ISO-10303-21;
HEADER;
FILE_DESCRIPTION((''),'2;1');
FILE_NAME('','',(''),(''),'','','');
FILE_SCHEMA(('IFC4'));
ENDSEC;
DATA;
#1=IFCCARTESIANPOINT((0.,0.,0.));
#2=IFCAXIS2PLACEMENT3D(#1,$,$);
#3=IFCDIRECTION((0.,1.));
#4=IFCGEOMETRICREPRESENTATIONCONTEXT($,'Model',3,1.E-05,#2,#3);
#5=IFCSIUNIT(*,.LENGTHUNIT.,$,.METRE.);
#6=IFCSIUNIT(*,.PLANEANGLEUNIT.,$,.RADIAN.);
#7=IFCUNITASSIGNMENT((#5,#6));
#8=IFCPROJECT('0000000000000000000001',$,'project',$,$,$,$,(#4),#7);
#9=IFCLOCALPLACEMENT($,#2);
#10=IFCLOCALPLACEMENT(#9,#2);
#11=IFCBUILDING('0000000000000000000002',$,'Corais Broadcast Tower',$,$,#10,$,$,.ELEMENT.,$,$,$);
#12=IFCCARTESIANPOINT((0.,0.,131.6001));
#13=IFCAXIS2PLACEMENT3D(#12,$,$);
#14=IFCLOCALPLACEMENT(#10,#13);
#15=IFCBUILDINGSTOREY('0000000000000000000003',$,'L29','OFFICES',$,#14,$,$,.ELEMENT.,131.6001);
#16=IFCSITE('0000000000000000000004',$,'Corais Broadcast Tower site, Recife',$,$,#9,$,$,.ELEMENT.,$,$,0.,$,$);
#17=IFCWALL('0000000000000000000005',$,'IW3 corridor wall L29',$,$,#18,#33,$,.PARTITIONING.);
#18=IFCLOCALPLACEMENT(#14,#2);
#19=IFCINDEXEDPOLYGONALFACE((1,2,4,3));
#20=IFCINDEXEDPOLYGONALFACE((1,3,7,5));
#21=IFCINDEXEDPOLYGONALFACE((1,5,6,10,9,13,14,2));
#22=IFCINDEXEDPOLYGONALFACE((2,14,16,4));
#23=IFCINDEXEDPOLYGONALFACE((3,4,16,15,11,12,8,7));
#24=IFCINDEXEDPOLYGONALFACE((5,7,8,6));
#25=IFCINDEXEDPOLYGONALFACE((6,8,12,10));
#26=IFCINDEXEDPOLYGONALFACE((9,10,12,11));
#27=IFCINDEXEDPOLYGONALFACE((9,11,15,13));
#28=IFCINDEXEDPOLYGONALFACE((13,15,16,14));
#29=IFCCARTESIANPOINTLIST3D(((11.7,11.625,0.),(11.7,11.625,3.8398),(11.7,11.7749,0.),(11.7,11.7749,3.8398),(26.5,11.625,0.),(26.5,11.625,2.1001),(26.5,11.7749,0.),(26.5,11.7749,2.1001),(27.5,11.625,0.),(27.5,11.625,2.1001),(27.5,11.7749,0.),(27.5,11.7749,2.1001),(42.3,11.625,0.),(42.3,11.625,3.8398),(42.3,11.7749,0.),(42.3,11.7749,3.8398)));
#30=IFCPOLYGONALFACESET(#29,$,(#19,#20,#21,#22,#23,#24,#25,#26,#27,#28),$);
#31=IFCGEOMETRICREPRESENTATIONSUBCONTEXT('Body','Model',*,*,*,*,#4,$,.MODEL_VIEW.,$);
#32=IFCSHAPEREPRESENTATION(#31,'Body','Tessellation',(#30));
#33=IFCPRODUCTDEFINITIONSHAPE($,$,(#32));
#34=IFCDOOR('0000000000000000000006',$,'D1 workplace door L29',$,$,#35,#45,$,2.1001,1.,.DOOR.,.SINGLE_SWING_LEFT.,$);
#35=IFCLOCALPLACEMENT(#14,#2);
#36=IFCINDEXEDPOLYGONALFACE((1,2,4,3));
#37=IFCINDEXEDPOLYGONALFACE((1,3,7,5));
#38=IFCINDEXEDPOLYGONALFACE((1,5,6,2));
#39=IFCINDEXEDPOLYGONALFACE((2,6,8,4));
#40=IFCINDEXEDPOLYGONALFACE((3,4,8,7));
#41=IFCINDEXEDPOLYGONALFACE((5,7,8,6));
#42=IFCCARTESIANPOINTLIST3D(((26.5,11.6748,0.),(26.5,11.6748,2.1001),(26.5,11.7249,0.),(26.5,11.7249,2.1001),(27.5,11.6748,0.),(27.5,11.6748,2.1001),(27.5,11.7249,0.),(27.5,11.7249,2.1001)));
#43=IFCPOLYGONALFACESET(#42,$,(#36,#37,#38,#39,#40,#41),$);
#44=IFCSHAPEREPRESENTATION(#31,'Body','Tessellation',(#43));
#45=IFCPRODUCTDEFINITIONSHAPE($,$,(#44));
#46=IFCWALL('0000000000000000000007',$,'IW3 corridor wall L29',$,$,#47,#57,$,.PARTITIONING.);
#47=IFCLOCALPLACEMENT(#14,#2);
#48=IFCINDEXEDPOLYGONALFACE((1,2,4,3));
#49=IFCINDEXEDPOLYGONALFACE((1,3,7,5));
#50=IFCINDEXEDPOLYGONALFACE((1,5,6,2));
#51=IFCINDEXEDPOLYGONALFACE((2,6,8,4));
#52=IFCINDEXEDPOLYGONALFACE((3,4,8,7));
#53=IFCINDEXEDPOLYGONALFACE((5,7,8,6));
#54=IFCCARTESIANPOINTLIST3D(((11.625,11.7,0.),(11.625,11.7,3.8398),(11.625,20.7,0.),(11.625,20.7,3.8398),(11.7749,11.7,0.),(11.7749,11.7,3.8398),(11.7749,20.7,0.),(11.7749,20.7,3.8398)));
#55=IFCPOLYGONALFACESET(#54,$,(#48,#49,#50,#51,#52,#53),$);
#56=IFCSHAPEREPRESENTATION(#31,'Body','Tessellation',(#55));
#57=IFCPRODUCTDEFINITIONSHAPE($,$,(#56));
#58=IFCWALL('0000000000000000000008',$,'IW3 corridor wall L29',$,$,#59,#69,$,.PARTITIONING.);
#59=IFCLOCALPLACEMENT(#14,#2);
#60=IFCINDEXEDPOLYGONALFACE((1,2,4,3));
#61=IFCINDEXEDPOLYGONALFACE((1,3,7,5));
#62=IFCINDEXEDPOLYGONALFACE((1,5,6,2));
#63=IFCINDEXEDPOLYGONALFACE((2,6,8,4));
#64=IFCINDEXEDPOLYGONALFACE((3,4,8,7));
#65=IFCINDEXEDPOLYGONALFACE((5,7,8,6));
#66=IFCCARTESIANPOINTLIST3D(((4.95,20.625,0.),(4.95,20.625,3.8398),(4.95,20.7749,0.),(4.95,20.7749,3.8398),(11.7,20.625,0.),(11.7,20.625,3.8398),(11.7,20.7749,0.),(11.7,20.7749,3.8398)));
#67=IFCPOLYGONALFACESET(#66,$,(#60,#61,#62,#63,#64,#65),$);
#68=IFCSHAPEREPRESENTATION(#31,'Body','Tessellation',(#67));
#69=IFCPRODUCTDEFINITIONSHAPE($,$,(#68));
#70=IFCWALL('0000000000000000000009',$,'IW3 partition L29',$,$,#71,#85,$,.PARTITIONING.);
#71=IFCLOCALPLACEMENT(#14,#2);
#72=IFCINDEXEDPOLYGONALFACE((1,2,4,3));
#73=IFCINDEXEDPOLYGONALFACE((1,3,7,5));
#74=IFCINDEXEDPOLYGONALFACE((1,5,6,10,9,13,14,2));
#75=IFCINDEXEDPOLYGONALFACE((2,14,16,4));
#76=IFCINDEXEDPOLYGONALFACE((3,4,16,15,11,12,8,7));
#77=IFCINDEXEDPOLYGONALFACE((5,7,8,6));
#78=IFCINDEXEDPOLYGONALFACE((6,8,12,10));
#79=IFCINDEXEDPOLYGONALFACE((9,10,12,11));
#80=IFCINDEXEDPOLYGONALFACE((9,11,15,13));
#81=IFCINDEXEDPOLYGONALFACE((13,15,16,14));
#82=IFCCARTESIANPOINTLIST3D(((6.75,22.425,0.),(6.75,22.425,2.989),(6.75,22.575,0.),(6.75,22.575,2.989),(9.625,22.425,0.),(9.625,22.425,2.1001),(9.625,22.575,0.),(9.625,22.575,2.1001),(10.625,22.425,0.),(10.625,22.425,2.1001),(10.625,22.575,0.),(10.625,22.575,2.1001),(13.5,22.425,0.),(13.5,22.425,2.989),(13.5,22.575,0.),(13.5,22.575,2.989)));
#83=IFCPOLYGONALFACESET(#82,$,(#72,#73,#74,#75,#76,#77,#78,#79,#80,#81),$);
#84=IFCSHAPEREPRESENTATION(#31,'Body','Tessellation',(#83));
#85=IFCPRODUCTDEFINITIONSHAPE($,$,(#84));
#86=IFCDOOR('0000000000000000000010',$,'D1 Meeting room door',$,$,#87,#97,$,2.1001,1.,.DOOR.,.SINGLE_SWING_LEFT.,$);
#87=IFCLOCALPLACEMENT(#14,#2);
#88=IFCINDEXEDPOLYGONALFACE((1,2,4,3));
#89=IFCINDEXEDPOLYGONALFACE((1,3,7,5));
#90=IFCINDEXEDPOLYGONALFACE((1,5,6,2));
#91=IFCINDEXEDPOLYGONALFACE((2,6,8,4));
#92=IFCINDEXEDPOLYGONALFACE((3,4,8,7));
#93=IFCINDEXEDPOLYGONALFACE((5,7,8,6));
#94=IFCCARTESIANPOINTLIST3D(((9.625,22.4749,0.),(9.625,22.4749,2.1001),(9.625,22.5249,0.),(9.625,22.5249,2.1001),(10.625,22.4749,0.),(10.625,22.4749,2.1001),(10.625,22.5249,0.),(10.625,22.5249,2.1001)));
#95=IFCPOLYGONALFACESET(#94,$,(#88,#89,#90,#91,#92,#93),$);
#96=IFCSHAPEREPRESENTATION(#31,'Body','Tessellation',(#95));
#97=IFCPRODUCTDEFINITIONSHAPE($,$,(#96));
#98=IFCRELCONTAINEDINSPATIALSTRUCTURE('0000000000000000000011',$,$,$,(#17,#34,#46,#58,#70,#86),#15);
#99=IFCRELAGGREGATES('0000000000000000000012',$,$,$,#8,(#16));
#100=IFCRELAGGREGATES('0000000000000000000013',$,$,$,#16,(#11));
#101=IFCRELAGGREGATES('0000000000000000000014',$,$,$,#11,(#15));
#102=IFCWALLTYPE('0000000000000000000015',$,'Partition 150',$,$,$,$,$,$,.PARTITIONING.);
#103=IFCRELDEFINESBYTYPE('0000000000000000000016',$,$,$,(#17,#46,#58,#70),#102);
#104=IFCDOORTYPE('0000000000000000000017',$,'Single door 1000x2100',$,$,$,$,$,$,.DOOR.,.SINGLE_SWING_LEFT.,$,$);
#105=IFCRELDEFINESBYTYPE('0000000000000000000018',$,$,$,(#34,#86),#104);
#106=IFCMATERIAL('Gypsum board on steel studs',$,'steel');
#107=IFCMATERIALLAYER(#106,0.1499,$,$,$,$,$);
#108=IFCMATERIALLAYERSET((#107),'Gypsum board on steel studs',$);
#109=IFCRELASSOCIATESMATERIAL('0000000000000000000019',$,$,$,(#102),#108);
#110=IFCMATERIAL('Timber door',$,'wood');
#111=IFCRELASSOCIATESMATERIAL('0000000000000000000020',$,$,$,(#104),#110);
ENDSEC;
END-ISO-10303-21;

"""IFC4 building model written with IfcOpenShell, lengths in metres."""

from ifc_helpers import new_model, si_unit, direction, frame, frame_2d, origin, place, context, subcontext, project, spatial, rectangle, extrude, material, layer, layer_set, type_object, element, fill, save


model = new_model("IFC4")

# Units and contexts
model_context = context("Model", 3, precision=1e-05, world=origin(), true_north=direction((0.0, 1.0)))
body_context = subcontext(model_context, "Body", "Model", "MODEL_VIEW")
ifc_project = project(units=[si_unit("LENGTHUNIT", "METRE"), si_unit("PLANEANGLEUNIT", "RADIAN")], contexts=[model_context])

# Site, building, storey
site_placement = place(None, origin())
site = spatial("IfcSite", under=ifc_project, at=site_placement, Name="Corais Broadcast Tower site, Recife", CompositionType="ELEMENT", RefElevation=0.0)
building_placement = place(site_placement, origin())
building = spatial("IfcBuilding", under=site, at=building_placement, Name="Corais Broadcast Tower", CompositionType="ELEMENT")
storey_placement = place(building_placement, frame((0.0, 0.0, 131.6001)))
storey = spatial("IfcBuildingStorey", under=building, at=storey_placement, Name="L29", Description="OFFICES", CompositionType="ELEMENT", Elevation=131.6001)

# Wall, opening, door
ifc_material_1 = material(Name="Gypsum board on steel studs", Category="steel")
ifc_layer_1 = layer(ifc_material_1, 0.1499)
ifc_layer_set_1 = layer_set([ifc_layer_1], Name="Gypsum board on steel studs")
wall_type_1 = type_object("IfcWallType", Name="Partition 150", PredefinedType="PARTITIONING", material=ifc_layer_set_1)
wall_1_placement = place(storey_placement, frame((11.7, 11.7, 0.0), z_axis=(0.0, 0.0, 1.0), x_axis=(1.0, 0.0, 0.0)))
wall_1 = element("IfcWall", 1, at=wall_1_placement, inside=storey, type_object=wall_type_1, Name="IW3 corridor wall L29", PredefinedType="PARTITIONING", context=body_context, shape_type="SweptSolid", body=[
    extrude(rectangle(XDim=30.6001, YDim=0.1499, at=frame_2d((15.3, 0.0))), origin(), (0.0, 0.0, 1.0), 3.8398),
])
opening_1_placement = place(wall_1_placement, frame((14.8, 0.0, 0.0)))
opening_1 = element("IfcOpeningElement", 2, at=opening_1_placement, cuts=wall_1, PredefinedType="OPENING", context=body_context, shape_type="SweptSolid", body=[
    extrude(rectangle(XDim=1.0, YDim=2.1001, at=frame_2d((0.5, 1.05))), frame((0.0, 0.085, 0.0), z_axis=(0.0, -1.0, 0.0), x_axis=(1.0, 0.0, 0.0)), (0.0, 0.0, 1.0), 0.1699),
])
ifc_material_2 = material(Name="Timber door", Category="wood")
door_type = type_object("IfcDoorType", Name="Single door 1000x2100", OperationType="SINGLE_SWING_LEFT", PredefinedType="DOOR", material=ifc_material_2)
door_1_placement = place(opening_1_placement, origin())
door_1 = element("IfcDoor", 3, at=door_1_placement, inside=storey, type_object=door_type, Name="D1 workplace door L29", OperationType="SINGLE_SWING_LEFT", OverallHeight=2.1001, OverallWidth=1.0, PredefinedType="DOOR", context=body_context, shape_type="SweptSolid", body=[
    extrude(rectangle(XDim=1.0, YDim=2.1001, at=frame_2d((0.5, 1.05))), frame((0.0, 0.0249, 0.0), z_axis=(0.0, -1.0, 0.0), x_axis=(1.0, 0.0, 0.0)), (0.0, 0.0, 1.0), 0.05),
])
fill(opening_1, door_1)

# Walls
wall_2_placement = place(storey_placement, frame((11.7, 20.7, 0.0), z_axis=(0.0, 0.0, 1.0), x_axis=(0.0, -1.0, 0.0)))
element("IfcWall", 4, at=wall_2_placement, inside=storey, type_object=wall_type_1, Name="IW3 corridor wall L29", PredefinedType="PARTITIONING", context=body_context, shape_type="SweptSolid", body=[
    extrude(rectangle(XDim=9.0, YDim=0.1499, at=frame_2d((4.5, 0.0))), origin(), (0.0, 0.0, 1.0), 3.8398),
])
wall_3_placement = place(storey_placement, frame((4.95, 20.7, 0.0), z_axis=(0.0, 0.0, 1.0), x_axis=(1.0, 0.0, 0.0)))
element("IfcWall", 5, at=wall_3_placement, inside=storey, type_object=wall_type_1, Name="IW3 corridor wall L29", PredefinedType="PARTITIONING", context=body_context, shape_type="SweptSolid", body=[
    extrude(rectangle(XDim=6.75, YDim=0.1499, at=frame_2d((3.375, 0.0))), origin(), (0.0, 0.0, 1.0), 3.8398),
])

# Wall, opening, door
wall_4_placement = place(storey_placement, frame((6.75, 22.5, 0.0), z_axis=(0.0, 0.0, 1.0), x_axis=(1.0, 0.0, 0.0)))
wall_4 = element("IfcWall", 6, at=wall_4_placement, inside=storey, type_object=wall_type_1, Name="IW3 partition L29", PredefinedType="PARTITIONING", context=body_context, shape_type="SweptSolid", body=[
    extrude(rectangle(XDim=6.75, YDim=0.1499, at=frame_2d((3.375, 0.0))), origin(), (0.0, 0.0, 1.0), 2.989),
])
opening_2_placement = place(wall_4_placement, frame((2.875, 0.0, 0.0)))
opening_2 = element("IfcOpeningElement", 7, at=opening_2_placement, cuts=wall_4, PredefinedType="OPENING", context=body_context, shape_type="SweptSolid", body=[
    extrude(rectangle(XDim=1.0, YDim=2.1001, at=frame_2d((0.5, 1.05))), frame((0.0, 0.085, 0.0), z_axis=(0.0, -1.0, 0.0), x_axis=(1.0, 0.0, 0.0)), (0.0, 0.0, 1.0), 0.1699),
])
door_2_placement = place(opening_2_placement, origin())
door_2 = element("IfcDoor", 8, at=door_2_placement, inside=storey, type_object=door_type, Name="D1 Meeting room door", OperationType="SINGLE_SWING_LEFT", OverallHeight=2.1001, OverallWidth=1.0, PredefinedType="DOOR", context=body_context, shape_type="SweptSolid", body=[
    extrude(rectangle(XDim=1.0, YDim=2.1001, at=frame_2d((0.5, 1.05))), frame((0.0, 0.0249, 0.0), z_axis=(0.0, -1.0, 0.0), x_axis=(1.0, 0.0, 0.0)), (0.0, 0.0, 1.0), 0.05),
])
fill(opening_2, door_2)

save(model, "model.ifc")
